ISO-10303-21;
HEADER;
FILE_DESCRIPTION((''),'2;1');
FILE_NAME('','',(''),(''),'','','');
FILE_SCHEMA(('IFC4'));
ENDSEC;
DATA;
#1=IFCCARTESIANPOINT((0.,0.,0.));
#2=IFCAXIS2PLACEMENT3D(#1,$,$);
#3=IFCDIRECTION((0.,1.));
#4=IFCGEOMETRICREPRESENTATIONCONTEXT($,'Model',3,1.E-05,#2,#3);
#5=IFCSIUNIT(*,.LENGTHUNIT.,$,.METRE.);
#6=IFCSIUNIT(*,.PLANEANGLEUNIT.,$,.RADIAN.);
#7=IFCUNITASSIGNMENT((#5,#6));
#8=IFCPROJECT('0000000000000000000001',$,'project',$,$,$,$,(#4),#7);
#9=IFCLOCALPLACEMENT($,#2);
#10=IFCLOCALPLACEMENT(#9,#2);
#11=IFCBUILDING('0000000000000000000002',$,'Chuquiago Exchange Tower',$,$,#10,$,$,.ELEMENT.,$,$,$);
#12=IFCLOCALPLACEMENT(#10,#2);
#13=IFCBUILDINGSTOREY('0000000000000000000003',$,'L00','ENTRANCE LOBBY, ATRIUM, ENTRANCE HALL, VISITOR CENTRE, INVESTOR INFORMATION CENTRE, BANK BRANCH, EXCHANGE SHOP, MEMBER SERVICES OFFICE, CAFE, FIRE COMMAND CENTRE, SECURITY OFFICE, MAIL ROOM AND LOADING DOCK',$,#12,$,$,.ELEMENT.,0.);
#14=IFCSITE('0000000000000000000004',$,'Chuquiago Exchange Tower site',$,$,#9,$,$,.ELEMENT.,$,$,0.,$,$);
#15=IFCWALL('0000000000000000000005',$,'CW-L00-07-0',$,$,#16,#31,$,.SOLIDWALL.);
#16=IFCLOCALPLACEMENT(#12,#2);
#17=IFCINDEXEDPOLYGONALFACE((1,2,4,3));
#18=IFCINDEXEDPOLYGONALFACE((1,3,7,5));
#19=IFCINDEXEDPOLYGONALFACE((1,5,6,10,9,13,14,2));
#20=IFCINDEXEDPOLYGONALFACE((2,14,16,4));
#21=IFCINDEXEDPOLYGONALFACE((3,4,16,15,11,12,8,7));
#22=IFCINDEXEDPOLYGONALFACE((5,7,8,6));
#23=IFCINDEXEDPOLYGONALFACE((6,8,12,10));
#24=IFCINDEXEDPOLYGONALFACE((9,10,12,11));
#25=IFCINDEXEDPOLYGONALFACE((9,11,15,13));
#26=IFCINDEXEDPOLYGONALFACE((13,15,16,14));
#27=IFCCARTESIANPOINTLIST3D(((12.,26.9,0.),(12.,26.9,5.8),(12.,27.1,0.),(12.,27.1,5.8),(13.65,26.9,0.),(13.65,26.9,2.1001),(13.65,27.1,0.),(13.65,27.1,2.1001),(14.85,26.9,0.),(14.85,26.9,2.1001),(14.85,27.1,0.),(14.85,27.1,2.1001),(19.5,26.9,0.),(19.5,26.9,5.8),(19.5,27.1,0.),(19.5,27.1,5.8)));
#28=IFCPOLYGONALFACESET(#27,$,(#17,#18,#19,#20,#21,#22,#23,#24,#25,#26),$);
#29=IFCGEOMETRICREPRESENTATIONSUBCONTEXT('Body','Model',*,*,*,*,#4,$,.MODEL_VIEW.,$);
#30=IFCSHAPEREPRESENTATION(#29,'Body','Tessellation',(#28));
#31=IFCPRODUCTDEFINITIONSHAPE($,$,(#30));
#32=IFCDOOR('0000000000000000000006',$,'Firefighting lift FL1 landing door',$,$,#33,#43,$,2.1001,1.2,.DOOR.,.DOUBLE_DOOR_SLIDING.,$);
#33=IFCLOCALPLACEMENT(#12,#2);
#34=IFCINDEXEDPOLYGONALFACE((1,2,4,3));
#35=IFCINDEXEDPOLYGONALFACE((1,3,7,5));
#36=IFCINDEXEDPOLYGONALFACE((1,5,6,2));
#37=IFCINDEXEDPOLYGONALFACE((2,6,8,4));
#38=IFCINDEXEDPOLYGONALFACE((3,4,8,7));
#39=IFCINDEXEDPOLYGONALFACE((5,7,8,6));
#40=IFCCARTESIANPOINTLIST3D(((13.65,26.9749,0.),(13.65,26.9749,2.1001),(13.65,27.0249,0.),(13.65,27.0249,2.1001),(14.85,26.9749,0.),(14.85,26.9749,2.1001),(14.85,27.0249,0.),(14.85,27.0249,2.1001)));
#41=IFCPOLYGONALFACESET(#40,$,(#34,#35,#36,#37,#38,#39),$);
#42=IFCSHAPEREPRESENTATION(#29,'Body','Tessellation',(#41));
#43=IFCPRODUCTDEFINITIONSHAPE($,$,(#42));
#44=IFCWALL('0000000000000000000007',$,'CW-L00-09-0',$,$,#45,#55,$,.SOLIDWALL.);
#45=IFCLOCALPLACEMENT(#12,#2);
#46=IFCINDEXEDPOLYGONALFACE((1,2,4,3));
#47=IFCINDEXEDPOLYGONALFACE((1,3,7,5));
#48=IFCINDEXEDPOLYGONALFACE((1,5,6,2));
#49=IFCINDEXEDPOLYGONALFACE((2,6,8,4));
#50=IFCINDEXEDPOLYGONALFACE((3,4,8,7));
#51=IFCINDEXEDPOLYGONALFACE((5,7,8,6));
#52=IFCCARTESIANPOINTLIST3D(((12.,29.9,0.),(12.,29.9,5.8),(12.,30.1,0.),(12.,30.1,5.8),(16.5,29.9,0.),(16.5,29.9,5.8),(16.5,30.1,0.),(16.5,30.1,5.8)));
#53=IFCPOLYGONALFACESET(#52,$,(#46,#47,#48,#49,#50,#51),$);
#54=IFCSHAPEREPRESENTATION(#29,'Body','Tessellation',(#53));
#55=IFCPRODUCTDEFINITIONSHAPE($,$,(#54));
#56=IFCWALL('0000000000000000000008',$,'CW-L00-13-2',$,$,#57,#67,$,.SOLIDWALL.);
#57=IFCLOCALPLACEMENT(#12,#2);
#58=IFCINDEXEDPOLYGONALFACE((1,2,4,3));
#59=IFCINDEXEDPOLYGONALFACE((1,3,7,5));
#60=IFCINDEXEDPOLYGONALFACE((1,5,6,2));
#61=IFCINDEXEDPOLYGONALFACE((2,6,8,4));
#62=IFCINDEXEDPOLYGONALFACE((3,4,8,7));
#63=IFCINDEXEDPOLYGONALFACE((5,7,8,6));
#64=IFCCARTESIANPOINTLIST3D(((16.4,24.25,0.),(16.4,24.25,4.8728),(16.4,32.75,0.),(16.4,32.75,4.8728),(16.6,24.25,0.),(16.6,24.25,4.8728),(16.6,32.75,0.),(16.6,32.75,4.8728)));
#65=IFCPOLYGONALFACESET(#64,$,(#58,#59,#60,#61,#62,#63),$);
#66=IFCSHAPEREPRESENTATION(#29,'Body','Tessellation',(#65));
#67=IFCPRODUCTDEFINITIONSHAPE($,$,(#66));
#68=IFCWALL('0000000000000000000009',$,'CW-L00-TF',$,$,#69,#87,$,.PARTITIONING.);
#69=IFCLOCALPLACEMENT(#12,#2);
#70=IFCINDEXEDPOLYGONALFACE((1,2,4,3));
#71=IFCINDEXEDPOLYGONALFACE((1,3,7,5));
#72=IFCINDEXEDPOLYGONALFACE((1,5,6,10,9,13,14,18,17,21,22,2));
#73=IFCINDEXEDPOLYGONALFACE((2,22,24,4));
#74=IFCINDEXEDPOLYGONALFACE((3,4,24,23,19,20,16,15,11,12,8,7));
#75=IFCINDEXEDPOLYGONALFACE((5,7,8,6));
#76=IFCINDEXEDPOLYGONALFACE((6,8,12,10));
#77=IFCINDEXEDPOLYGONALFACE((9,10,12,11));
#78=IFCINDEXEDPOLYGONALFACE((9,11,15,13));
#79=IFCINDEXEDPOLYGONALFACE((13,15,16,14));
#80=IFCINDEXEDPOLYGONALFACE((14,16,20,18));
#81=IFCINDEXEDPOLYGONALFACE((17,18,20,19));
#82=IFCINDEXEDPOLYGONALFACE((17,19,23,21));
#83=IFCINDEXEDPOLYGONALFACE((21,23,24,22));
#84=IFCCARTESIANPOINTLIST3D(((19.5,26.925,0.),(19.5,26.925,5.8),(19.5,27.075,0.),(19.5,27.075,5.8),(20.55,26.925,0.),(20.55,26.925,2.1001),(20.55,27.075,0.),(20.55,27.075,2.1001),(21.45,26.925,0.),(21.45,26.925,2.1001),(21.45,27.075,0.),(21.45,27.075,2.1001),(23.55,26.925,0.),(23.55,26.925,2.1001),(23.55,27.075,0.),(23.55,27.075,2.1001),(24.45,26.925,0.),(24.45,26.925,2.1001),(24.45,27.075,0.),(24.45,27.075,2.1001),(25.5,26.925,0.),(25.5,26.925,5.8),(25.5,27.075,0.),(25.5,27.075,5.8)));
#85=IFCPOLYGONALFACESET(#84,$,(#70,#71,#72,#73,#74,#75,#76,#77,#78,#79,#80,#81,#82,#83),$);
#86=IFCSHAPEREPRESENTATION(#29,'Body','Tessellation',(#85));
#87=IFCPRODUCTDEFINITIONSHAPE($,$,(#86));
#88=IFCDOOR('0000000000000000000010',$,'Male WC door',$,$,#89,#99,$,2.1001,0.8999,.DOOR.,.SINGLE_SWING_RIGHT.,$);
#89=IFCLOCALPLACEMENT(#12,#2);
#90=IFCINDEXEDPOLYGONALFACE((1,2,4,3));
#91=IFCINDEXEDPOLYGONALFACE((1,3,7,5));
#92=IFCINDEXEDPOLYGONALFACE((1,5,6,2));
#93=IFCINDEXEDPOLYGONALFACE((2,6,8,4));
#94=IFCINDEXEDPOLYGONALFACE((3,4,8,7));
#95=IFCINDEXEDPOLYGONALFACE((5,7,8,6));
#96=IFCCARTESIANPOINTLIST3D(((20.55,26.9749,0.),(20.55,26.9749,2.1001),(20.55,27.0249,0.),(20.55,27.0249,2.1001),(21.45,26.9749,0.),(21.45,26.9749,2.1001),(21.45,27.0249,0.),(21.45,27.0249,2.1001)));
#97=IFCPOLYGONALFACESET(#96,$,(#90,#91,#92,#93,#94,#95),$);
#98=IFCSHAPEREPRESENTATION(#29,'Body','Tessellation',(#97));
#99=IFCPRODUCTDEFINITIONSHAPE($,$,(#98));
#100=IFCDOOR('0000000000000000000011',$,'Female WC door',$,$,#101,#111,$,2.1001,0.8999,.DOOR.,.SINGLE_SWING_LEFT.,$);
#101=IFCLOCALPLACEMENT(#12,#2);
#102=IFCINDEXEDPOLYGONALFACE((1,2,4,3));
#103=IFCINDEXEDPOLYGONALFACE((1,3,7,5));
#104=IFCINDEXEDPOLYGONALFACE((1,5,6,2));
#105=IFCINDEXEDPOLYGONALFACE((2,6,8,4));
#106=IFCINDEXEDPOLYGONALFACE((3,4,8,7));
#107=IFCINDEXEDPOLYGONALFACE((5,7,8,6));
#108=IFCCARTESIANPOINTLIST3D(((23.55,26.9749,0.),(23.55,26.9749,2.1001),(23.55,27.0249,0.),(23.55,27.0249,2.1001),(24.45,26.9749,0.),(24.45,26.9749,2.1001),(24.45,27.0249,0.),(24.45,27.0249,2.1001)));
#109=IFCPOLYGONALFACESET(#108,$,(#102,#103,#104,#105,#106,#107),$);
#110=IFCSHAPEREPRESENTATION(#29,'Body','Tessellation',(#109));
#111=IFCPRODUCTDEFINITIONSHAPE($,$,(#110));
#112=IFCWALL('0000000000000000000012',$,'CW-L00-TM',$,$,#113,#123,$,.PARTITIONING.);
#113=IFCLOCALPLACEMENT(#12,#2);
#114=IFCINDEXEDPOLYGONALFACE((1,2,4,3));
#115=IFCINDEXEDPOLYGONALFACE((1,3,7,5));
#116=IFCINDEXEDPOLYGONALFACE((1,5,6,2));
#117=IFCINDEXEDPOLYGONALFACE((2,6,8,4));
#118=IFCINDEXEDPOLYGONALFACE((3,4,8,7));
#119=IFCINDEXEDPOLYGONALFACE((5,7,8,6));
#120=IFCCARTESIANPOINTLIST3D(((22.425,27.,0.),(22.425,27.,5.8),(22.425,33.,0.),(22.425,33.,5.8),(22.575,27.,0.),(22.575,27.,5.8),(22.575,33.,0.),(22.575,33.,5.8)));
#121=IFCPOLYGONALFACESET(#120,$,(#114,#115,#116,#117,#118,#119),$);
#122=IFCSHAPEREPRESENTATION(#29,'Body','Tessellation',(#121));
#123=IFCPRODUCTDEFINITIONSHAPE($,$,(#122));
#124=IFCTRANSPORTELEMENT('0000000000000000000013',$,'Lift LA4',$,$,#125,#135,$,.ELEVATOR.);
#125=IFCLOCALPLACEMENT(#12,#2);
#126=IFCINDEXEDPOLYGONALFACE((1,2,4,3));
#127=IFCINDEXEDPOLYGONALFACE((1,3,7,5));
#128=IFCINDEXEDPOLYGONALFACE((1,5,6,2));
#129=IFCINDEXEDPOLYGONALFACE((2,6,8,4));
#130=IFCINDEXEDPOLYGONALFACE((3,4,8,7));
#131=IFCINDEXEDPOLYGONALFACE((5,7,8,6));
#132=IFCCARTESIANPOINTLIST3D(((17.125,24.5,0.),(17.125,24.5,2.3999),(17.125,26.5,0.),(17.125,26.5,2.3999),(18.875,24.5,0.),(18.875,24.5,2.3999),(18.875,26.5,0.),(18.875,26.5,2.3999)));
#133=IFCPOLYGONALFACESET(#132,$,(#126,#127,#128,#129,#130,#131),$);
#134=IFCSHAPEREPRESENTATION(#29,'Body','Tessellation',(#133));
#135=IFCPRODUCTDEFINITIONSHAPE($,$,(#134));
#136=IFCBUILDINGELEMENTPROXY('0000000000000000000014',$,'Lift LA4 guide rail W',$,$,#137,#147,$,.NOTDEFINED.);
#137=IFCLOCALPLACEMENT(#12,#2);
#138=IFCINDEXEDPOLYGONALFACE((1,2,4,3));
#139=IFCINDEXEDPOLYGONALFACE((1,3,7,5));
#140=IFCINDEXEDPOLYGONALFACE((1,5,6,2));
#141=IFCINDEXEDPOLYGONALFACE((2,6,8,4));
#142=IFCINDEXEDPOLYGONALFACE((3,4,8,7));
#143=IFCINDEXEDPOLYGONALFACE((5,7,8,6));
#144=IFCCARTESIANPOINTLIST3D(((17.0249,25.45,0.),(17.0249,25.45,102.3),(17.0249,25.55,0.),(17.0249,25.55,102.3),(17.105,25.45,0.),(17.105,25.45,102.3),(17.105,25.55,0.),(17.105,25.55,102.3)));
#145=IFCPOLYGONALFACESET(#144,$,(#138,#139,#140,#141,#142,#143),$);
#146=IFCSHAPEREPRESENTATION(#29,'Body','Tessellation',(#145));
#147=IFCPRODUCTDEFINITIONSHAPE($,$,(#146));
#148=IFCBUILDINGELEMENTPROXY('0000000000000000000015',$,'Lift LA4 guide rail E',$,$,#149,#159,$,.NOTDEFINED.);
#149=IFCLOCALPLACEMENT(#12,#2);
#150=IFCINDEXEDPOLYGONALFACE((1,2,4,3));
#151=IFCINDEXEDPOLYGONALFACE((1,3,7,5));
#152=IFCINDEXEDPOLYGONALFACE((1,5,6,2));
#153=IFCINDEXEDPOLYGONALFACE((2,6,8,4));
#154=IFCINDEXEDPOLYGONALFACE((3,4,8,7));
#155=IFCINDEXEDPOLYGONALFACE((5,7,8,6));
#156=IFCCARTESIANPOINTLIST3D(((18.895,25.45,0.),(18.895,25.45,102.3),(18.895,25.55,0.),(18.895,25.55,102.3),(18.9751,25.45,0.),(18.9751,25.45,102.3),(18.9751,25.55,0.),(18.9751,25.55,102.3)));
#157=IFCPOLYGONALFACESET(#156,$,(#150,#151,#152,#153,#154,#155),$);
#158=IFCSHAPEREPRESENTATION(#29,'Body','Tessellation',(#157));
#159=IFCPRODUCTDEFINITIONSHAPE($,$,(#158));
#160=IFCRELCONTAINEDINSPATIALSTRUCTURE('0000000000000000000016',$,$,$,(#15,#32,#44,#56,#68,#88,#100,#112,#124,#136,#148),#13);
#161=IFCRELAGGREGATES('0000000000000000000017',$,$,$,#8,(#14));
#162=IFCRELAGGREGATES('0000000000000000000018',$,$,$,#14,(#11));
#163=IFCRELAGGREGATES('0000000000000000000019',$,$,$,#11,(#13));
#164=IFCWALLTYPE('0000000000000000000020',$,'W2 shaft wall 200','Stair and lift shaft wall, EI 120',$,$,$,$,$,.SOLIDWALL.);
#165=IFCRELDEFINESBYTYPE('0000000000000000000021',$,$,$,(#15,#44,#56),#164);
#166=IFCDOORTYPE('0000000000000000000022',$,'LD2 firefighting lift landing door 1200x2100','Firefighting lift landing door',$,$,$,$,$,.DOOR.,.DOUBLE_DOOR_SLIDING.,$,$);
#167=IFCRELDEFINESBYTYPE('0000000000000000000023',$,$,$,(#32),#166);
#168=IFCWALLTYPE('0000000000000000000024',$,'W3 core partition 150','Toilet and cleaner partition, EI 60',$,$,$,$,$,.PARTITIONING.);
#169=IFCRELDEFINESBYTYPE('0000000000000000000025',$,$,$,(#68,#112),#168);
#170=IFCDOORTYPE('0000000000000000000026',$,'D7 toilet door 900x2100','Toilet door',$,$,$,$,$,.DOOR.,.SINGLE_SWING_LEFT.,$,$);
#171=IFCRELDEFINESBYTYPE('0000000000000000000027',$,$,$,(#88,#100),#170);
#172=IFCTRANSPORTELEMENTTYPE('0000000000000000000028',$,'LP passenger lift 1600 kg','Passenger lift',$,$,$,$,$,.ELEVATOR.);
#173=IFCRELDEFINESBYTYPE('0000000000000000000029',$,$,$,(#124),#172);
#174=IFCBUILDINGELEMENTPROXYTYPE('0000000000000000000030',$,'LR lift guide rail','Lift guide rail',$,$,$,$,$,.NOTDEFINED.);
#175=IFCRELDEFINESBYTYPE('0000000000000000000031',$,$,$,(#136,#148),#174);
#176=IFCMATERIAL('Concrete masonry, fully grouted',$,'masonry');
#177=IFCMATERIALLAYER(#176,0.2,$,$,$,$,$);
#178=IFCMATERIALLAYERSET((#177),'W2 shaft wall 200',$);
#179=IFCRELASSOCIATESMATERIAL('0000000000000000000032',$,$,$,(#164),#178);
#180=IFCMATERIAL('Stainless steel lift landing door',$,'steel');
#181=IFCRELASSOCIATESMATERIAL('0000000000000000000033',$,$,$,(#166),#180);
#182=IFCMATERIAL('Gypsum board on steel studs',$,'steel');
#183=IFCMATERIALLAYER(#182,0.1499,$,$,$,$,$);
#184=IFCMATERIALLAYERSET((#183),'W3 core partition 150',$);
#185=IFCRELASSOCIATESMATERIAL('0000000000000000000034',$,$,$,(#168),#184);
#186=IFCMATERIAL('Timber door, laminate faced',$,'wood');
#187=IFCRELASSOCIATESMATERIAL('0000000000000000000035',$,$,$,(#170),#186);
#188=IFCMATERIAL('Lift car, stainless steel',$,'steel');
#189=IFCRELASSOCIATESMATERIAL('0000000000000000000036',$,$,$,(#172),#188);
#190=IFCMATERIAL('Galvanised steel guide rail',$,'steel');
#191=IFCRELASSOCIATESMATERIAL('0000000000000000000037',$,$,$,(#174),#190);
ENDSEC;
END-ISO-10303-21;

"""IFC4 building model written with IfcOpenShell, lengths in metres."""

from ifc_helpers import new_model, si_unit, direction, frame, frame_2d, origin, origin_2d, place, context, subcontext, project, spatial, rectangle, extrude, material, layer, layer_set, type_object, element, fill, save


model = new_model("IFC4")

# Units and contexts
model_context = context("Model", 3, precision=1e-05, world=origin(), true_north=direction((0.0, 1.0)))
body_context = subcontext(model_context, "Body", "Model", "MODEL_VIEW")
ifc_project = project(units=[si_unit("LENGTHUNIT", "METRE"), si_unit("PLANEANGLEUNIT", "RADIAN")], contexts=[model_context])

# Site, building, storey
site_placement = place(None, origin())
site = spatial("IfcSite", under=ifc_project, at=site_placement, Name="Chuquiago Exchange Tower site", CompositionType="ELEMENT", RefElevation=0.0)
building_placement = place(site_placement, origin())
building = spatial("IfcBuilding", under=site, at=building_placement, Name="Chuquiago Exchange Tower", CompositionType="ELEMENT")
storey_placement = place(building_placement, origin())
storey = spatial("IfcBuildingStorey", under=building, at=storey_placement, Name="L00", Description="ENTRANCE LOBBY, ATRIUM, ENTRANCE HALL, VISITOR CENTRE, INVESTOR INFORMATION CENTRE, BANK BRANCH, EXCHANGE SHOP, MEMBER SERVICES OFFICE, CAFE, FIRE COMMAND CENTRE, SECURITY OFFICE, MAIL ROOM AND LOADING DOCK", CompositionType="ELEMENT", Elevation=0.0)

# Shared definitions
ifc_material_1 = material(Name="Concrete masonry, fully grouted", Category="masonry")
ifc_layer_1 = layer(ifc_material_1, 0.2)
ifc_layer_set_1 = layer_set([ifc_layer_1], Name="W2 shaft wall 200")
wall_type_1 = type_object("IfcWallType", Name="W2 shaft wall 200", Description="Stair and lift shaft wall, EI 120", PredefinedType="SOLIDWALL", material=ifc_layer_set_1)

# Wall, opening, door
wall_1_placement = place(storey_placement, frame((12.0, 27.0, 0.0), z_axis=(0.0, 0.0, 1.0), x_axis=(1.0, 0.0, 0.0)))
wall_1 = element("IfcWall", 1, at=wall_1_placement, inside=storey, type_object=wall_type_1, Name="CW-L00-07-0", PredefinedType="SOLIDWALL", context=body_context, shape_type="SweptSolid", body=[
    extrude(rectangle(XDim=7.5, YDim=0.2, at=frame_2d((3.75, 0.0))), origin(), (0.0, 0.0, 1.0), 5.8),
])
opening_1_placement = place(wall_1_placement, frame((1.6499, 0.0, 0.0)))
opening_1 = element("IfcOpeningElement", 2, at=opening_1_placement, cuts=wall_1, PredefinedType="OPENING", context=body_context, shape_type="SweptSolid", body=[
    extrude(rectangle(XDim=1.2, YDim=2.1001, at=frame_2d((0.6001, 1.05))), frame((0.0, 0.1099, 0.0), z_axis=(0.0, -1.0, 0.0), x_axis=(1.0, 0.0, 0.0)), (0.0, 0.0, 1.0), 0.22),
])
ifc_material_2 = material(Name="Stainless steel lift landing door", Category="steel")
door_type_1 = type_object("IfcDoorType", Name="LD2 firefighting lift landing door 1200x2100", Description="Firefighting lift landing door", OperationType="DOUBLE_DOOR_SLIDING", PredefinedType="DOOR", material=ifc_material_2)
door_1_placement = place(opening_1_placement, origin())
door_1 = element("IfcDoor", 3, at=door_1_placement, inside=storey, type_object=door_type_1, Name="Firefighting lift FL1 landing door", OperationType="DOUBLE_DOOR_SLIDING", OverallHeight=2.1001, OverallWidth=1.2, PredefinedType="DOOR", context=body_context, shape_type="SweptSolid", body=[
    extrude(rectangle(XDim=1.2, YDim=2.1001, at=frame_2d((0.6001, 1.05))), frame((0.0, 0.0249, 0.0), z_axis=(0.0, -1.0, 0.0), x_axis=(1.0, 0.0, 0.0)), (0.0, 0.0, 1.0), 0.05),
])
fill(opening_1, door_1)

# Walls
wall_2_placement = place(storey_placement, frame((12.0, 30.0, 0.0), z_axis=(0.0, 0.0, 1.0), x_axis=(1.0, 0.0, 0.0)))
element("IfcWall", 4, at=wall_2_placement, inside=storey, type_object=wall_type_1, Name="CW-L00-09-0", PredefinedType="SOLIDWALL", context=body_context, shape_type="SweptSolid", body=[
    extrude(rectangle(XDim=4.5, YDim=0.2, at=frame_2d((2.25, 0.0))), origin(), (0.0, 0.0, 1.0), 5.8),
])
wall_3_placement = place(storey_placement, frame((16.5, 24.25, 0.0), z_axis=(0.0, 0.0, 1.0), x_axis=(0.0, 1.0, 0.0)))
element("IfcWall", 5, at=wall_3_placement, inside=storey, type_object=wall_type_1, Name="CW-L00-13-2", PredefinedType="SOLIDWALL", context=body_context, shape_type="SweptSolid", body=[
    extrude(rectangle(XDim=8.5, YDim=0.2, at=frame_2d((4.25, 0.0))), origin(), (0.0, 0.0, 1.0), 4.8728),
])

# Wall, openings, doors
ifc_material_3 = material(Name="Gypsum board on steel studs", Category="steel")
ifc_layer_2 = layer(ifc_material_3, 0.1499)
ifc_layer_set_2 = layer_set([ifc_layer_2], Name="W3 core partition 150")
wall_type_2 = type_object("IfcWallType", Name="W3 core partition 150", Description="Toilet and cleaner partition, EI 60", PredefinedType="PARTITIONING", material=ifc_layer_set_2)
wall_4_placement = place(storey_placement, frame((19.5, 27.0, 0.0), z_axis=(0.0, 0.0, 1.0), x_axis=(1.0, 0.0, 0.0)))
wall_4 = element("IfcWall", 6, at=wall_4_placement, inside=storey, type_object=wall_type_2, Name="CW-L00-TF", PredefinedType="PARTITIONING", context=body_context, shape_type="SweptSolid", body=[
    extrude(rectangle(XDim=6.0, YDim=0.1499, at=frame_2d((3.0, 0.0))), origin(), (0.0, 0.0, 1.0), 5.8),
])
opening_2_placement = place(wall_4_placement, frame((1.05, 0.0, 0.0)))
opening_2 = element("IfcOpeningElement", 7, at=opening_2_placement, cuts=wall_4, PredefinedType="OPENING", context=body_context, shape_type="SweptSolid", body=[
    extrude(rectangle(XDim=0.8999, YDim=2.1001, at=frame_2d((0.45, 1.05))), frame((0.0, 0.085, 0.0), z_axis=(0.0, -1.0, 0.0), x_axis=(1.0, 0.0, 0.0)), (0.0, 0.0, 1.0), 0.1699),
])
opening_3_placement = place(wall_4_placement, frame((4.05, 0.0, 0.0)))
opening_3 = element("IfcOpeningElement", 8, at=opening_3_placement, cuts=wall_4, PredefinedType="OPENING", context=body_context, shape_type="SweptSolid", body=[
    extrude(rectangle(XDim=0.8999, YDim=2.1001, at=frame_2d((0.45, 1.05))), frame((0.0, 0.085, 0.0), z_axis=(0.0, -1.0, 0.0), x_axis=(1.0, 0.0, 0.0)), (0.0, 0.0, 1.0), 0.1699),
])
ifc_material_4 = material(Name="Timber door, laminate faced", Category="wood")
door_type_2 = type_object("IfcDoorType", Name="D7 toilet door 900x2100", Description="Toilet door", OperationType="SINGLE_SWING_LEFT", PredefinedType="DOOR", material=ifc_material_4)
door_2_placement = place(opening_2_placement, origin())
door_2 = element("IfcDoor", 9, at=door_2_placement, inside=storey, type_object=door_type_2, Name="Male WC door", OperationType="SINGLE_SWING_RIGHT", OverallHeight=2.1001, OverallWidth=0.8999, PredefinedType="DOOR", context=body_context, shape_type="SweptSolid", body=[
    extrude(rectangle(XDim=0.8999, YDim=2.1001, at=frame_2d((0.45, 1.05))), frame((0.0, 0.0249, 0.0), z_axis=(0.0, -1.0, 0.0), x_axis=(1.0, 0.0, 0.0)), (0.0, 0.0, 1.0), 0.05),
])
fill(opening_2, door_2)
door_3_placement = place(opening_3_placement, origin())
door_3 = element("IfcDoor", 10, at=door_3_placement, inside=storey, type_object=door_type_2, Name="Female WC door", OperationType="SINGLE_SWING_LEFT", OverallHeight=2.1001, OverallWidth=0.8999, PredefinedType="DOOR", context=body_context, shape_type="SweptSolid", body=[
    extrude(rectangle(XDim=0.8999, YDim=2.1001, at=frame_2d((0.45, 1.05))), frame((0.0, 0.0249, 0.0), z_axis=(0.0, -1.0, 0.0), x_axis=(1.0, 0.0, 0.0)), (0.0, 0.0, 1.0), 0.05),
])
fill(opening_3, door_3)

# Wall
wall_5_placement = place(storey_placement, frame((22.5, 27.0, 0.0), z_axis=(0.0, 0.0, 1.0), x_axis=(0.0, 1.0, 0.0)))
element("IfcWall", 11, at=wall_5_placement, inside=storey, type_object=wall_type_2, Name="CW-L00-TM", PredefinedType="PARTITIONING", context=body_context, shape_type="SweptSolid", body=[
    extrude(rectangle(XDim=6.0, YDim=0.1499, at=frame_2d((3.0, 0.0))), origin(), (0.0, 0.0, 1.0), 5.8),
])

# Transport element
ifc_material_5 = material(Name="Lift car, stainless steel", Category="steel")
transport_element_type = type_object("IfcTransportElementType", Name="LP passenger lift 1600 kg", Description="Passenger lift", PredefinedType="ELEVATOR", material=ifc_material_5)
transport_element_placement = place(storey_placement, frame((18.0, 25.5, 0.0), z_axis=(0.0, 0.0, 1.0), x_axis=(1.0, 0.0, 0.0)))
element("IfcTransportElement", 12, at=transport_element_placement, inside=storey, type_object=transport_element_type, Name="Lift LA4", PredefinedType="ELEVATOR", context=body_context, shape_type="SweptSolid", body=[
    extrude(rectangle(XDim=1.75, YDim=2.0, at=origin_2d()), origin(), (0.0, 0.0, 1.0), 2.3999),
])

# Building element proxies
ifc_material_6 = material(Name="Galvanised steel guide rail", Category="steel")
building_element_proxy_type = type_object("IfcBuildingElementProxyType", Name="LR lift guide rail", Description="Lift guide rail", PredefinedType="NOTDEFINED", material=ifc_material_6)
for number, where, z_axis, x_axis, name in (
    (13, (17.0649, 25.5, 0.0), (0.0, 0.0, 1.0), (1.0, 0.0, 0.0), "Lift LA4 guide rail W"),
    (14, (18.9351, 25.5, 0.0), (0.0, 0.0, 1.0), (1.0, 0.0, 0.0), "Lift LA4 guide rail E"),
):
    element("IfcBuildingElementProxy", number, at=place(storey_placement, frame(where, z_axis=z_axis, x_axis=x_axis)), inside=storey, type_object=building_element_proxy_type, Name=name, PredefinedType="NOTDEFINED", context=body_context, shape_type="SweptSolid", body=[
        extrude(rectangle(XDim=0.0801, YDim=0.1001, at=origin_2d()), origin(), (0.0, 0.0, 1.0), 102.3),
    ])

save(model, "model.ifc")
